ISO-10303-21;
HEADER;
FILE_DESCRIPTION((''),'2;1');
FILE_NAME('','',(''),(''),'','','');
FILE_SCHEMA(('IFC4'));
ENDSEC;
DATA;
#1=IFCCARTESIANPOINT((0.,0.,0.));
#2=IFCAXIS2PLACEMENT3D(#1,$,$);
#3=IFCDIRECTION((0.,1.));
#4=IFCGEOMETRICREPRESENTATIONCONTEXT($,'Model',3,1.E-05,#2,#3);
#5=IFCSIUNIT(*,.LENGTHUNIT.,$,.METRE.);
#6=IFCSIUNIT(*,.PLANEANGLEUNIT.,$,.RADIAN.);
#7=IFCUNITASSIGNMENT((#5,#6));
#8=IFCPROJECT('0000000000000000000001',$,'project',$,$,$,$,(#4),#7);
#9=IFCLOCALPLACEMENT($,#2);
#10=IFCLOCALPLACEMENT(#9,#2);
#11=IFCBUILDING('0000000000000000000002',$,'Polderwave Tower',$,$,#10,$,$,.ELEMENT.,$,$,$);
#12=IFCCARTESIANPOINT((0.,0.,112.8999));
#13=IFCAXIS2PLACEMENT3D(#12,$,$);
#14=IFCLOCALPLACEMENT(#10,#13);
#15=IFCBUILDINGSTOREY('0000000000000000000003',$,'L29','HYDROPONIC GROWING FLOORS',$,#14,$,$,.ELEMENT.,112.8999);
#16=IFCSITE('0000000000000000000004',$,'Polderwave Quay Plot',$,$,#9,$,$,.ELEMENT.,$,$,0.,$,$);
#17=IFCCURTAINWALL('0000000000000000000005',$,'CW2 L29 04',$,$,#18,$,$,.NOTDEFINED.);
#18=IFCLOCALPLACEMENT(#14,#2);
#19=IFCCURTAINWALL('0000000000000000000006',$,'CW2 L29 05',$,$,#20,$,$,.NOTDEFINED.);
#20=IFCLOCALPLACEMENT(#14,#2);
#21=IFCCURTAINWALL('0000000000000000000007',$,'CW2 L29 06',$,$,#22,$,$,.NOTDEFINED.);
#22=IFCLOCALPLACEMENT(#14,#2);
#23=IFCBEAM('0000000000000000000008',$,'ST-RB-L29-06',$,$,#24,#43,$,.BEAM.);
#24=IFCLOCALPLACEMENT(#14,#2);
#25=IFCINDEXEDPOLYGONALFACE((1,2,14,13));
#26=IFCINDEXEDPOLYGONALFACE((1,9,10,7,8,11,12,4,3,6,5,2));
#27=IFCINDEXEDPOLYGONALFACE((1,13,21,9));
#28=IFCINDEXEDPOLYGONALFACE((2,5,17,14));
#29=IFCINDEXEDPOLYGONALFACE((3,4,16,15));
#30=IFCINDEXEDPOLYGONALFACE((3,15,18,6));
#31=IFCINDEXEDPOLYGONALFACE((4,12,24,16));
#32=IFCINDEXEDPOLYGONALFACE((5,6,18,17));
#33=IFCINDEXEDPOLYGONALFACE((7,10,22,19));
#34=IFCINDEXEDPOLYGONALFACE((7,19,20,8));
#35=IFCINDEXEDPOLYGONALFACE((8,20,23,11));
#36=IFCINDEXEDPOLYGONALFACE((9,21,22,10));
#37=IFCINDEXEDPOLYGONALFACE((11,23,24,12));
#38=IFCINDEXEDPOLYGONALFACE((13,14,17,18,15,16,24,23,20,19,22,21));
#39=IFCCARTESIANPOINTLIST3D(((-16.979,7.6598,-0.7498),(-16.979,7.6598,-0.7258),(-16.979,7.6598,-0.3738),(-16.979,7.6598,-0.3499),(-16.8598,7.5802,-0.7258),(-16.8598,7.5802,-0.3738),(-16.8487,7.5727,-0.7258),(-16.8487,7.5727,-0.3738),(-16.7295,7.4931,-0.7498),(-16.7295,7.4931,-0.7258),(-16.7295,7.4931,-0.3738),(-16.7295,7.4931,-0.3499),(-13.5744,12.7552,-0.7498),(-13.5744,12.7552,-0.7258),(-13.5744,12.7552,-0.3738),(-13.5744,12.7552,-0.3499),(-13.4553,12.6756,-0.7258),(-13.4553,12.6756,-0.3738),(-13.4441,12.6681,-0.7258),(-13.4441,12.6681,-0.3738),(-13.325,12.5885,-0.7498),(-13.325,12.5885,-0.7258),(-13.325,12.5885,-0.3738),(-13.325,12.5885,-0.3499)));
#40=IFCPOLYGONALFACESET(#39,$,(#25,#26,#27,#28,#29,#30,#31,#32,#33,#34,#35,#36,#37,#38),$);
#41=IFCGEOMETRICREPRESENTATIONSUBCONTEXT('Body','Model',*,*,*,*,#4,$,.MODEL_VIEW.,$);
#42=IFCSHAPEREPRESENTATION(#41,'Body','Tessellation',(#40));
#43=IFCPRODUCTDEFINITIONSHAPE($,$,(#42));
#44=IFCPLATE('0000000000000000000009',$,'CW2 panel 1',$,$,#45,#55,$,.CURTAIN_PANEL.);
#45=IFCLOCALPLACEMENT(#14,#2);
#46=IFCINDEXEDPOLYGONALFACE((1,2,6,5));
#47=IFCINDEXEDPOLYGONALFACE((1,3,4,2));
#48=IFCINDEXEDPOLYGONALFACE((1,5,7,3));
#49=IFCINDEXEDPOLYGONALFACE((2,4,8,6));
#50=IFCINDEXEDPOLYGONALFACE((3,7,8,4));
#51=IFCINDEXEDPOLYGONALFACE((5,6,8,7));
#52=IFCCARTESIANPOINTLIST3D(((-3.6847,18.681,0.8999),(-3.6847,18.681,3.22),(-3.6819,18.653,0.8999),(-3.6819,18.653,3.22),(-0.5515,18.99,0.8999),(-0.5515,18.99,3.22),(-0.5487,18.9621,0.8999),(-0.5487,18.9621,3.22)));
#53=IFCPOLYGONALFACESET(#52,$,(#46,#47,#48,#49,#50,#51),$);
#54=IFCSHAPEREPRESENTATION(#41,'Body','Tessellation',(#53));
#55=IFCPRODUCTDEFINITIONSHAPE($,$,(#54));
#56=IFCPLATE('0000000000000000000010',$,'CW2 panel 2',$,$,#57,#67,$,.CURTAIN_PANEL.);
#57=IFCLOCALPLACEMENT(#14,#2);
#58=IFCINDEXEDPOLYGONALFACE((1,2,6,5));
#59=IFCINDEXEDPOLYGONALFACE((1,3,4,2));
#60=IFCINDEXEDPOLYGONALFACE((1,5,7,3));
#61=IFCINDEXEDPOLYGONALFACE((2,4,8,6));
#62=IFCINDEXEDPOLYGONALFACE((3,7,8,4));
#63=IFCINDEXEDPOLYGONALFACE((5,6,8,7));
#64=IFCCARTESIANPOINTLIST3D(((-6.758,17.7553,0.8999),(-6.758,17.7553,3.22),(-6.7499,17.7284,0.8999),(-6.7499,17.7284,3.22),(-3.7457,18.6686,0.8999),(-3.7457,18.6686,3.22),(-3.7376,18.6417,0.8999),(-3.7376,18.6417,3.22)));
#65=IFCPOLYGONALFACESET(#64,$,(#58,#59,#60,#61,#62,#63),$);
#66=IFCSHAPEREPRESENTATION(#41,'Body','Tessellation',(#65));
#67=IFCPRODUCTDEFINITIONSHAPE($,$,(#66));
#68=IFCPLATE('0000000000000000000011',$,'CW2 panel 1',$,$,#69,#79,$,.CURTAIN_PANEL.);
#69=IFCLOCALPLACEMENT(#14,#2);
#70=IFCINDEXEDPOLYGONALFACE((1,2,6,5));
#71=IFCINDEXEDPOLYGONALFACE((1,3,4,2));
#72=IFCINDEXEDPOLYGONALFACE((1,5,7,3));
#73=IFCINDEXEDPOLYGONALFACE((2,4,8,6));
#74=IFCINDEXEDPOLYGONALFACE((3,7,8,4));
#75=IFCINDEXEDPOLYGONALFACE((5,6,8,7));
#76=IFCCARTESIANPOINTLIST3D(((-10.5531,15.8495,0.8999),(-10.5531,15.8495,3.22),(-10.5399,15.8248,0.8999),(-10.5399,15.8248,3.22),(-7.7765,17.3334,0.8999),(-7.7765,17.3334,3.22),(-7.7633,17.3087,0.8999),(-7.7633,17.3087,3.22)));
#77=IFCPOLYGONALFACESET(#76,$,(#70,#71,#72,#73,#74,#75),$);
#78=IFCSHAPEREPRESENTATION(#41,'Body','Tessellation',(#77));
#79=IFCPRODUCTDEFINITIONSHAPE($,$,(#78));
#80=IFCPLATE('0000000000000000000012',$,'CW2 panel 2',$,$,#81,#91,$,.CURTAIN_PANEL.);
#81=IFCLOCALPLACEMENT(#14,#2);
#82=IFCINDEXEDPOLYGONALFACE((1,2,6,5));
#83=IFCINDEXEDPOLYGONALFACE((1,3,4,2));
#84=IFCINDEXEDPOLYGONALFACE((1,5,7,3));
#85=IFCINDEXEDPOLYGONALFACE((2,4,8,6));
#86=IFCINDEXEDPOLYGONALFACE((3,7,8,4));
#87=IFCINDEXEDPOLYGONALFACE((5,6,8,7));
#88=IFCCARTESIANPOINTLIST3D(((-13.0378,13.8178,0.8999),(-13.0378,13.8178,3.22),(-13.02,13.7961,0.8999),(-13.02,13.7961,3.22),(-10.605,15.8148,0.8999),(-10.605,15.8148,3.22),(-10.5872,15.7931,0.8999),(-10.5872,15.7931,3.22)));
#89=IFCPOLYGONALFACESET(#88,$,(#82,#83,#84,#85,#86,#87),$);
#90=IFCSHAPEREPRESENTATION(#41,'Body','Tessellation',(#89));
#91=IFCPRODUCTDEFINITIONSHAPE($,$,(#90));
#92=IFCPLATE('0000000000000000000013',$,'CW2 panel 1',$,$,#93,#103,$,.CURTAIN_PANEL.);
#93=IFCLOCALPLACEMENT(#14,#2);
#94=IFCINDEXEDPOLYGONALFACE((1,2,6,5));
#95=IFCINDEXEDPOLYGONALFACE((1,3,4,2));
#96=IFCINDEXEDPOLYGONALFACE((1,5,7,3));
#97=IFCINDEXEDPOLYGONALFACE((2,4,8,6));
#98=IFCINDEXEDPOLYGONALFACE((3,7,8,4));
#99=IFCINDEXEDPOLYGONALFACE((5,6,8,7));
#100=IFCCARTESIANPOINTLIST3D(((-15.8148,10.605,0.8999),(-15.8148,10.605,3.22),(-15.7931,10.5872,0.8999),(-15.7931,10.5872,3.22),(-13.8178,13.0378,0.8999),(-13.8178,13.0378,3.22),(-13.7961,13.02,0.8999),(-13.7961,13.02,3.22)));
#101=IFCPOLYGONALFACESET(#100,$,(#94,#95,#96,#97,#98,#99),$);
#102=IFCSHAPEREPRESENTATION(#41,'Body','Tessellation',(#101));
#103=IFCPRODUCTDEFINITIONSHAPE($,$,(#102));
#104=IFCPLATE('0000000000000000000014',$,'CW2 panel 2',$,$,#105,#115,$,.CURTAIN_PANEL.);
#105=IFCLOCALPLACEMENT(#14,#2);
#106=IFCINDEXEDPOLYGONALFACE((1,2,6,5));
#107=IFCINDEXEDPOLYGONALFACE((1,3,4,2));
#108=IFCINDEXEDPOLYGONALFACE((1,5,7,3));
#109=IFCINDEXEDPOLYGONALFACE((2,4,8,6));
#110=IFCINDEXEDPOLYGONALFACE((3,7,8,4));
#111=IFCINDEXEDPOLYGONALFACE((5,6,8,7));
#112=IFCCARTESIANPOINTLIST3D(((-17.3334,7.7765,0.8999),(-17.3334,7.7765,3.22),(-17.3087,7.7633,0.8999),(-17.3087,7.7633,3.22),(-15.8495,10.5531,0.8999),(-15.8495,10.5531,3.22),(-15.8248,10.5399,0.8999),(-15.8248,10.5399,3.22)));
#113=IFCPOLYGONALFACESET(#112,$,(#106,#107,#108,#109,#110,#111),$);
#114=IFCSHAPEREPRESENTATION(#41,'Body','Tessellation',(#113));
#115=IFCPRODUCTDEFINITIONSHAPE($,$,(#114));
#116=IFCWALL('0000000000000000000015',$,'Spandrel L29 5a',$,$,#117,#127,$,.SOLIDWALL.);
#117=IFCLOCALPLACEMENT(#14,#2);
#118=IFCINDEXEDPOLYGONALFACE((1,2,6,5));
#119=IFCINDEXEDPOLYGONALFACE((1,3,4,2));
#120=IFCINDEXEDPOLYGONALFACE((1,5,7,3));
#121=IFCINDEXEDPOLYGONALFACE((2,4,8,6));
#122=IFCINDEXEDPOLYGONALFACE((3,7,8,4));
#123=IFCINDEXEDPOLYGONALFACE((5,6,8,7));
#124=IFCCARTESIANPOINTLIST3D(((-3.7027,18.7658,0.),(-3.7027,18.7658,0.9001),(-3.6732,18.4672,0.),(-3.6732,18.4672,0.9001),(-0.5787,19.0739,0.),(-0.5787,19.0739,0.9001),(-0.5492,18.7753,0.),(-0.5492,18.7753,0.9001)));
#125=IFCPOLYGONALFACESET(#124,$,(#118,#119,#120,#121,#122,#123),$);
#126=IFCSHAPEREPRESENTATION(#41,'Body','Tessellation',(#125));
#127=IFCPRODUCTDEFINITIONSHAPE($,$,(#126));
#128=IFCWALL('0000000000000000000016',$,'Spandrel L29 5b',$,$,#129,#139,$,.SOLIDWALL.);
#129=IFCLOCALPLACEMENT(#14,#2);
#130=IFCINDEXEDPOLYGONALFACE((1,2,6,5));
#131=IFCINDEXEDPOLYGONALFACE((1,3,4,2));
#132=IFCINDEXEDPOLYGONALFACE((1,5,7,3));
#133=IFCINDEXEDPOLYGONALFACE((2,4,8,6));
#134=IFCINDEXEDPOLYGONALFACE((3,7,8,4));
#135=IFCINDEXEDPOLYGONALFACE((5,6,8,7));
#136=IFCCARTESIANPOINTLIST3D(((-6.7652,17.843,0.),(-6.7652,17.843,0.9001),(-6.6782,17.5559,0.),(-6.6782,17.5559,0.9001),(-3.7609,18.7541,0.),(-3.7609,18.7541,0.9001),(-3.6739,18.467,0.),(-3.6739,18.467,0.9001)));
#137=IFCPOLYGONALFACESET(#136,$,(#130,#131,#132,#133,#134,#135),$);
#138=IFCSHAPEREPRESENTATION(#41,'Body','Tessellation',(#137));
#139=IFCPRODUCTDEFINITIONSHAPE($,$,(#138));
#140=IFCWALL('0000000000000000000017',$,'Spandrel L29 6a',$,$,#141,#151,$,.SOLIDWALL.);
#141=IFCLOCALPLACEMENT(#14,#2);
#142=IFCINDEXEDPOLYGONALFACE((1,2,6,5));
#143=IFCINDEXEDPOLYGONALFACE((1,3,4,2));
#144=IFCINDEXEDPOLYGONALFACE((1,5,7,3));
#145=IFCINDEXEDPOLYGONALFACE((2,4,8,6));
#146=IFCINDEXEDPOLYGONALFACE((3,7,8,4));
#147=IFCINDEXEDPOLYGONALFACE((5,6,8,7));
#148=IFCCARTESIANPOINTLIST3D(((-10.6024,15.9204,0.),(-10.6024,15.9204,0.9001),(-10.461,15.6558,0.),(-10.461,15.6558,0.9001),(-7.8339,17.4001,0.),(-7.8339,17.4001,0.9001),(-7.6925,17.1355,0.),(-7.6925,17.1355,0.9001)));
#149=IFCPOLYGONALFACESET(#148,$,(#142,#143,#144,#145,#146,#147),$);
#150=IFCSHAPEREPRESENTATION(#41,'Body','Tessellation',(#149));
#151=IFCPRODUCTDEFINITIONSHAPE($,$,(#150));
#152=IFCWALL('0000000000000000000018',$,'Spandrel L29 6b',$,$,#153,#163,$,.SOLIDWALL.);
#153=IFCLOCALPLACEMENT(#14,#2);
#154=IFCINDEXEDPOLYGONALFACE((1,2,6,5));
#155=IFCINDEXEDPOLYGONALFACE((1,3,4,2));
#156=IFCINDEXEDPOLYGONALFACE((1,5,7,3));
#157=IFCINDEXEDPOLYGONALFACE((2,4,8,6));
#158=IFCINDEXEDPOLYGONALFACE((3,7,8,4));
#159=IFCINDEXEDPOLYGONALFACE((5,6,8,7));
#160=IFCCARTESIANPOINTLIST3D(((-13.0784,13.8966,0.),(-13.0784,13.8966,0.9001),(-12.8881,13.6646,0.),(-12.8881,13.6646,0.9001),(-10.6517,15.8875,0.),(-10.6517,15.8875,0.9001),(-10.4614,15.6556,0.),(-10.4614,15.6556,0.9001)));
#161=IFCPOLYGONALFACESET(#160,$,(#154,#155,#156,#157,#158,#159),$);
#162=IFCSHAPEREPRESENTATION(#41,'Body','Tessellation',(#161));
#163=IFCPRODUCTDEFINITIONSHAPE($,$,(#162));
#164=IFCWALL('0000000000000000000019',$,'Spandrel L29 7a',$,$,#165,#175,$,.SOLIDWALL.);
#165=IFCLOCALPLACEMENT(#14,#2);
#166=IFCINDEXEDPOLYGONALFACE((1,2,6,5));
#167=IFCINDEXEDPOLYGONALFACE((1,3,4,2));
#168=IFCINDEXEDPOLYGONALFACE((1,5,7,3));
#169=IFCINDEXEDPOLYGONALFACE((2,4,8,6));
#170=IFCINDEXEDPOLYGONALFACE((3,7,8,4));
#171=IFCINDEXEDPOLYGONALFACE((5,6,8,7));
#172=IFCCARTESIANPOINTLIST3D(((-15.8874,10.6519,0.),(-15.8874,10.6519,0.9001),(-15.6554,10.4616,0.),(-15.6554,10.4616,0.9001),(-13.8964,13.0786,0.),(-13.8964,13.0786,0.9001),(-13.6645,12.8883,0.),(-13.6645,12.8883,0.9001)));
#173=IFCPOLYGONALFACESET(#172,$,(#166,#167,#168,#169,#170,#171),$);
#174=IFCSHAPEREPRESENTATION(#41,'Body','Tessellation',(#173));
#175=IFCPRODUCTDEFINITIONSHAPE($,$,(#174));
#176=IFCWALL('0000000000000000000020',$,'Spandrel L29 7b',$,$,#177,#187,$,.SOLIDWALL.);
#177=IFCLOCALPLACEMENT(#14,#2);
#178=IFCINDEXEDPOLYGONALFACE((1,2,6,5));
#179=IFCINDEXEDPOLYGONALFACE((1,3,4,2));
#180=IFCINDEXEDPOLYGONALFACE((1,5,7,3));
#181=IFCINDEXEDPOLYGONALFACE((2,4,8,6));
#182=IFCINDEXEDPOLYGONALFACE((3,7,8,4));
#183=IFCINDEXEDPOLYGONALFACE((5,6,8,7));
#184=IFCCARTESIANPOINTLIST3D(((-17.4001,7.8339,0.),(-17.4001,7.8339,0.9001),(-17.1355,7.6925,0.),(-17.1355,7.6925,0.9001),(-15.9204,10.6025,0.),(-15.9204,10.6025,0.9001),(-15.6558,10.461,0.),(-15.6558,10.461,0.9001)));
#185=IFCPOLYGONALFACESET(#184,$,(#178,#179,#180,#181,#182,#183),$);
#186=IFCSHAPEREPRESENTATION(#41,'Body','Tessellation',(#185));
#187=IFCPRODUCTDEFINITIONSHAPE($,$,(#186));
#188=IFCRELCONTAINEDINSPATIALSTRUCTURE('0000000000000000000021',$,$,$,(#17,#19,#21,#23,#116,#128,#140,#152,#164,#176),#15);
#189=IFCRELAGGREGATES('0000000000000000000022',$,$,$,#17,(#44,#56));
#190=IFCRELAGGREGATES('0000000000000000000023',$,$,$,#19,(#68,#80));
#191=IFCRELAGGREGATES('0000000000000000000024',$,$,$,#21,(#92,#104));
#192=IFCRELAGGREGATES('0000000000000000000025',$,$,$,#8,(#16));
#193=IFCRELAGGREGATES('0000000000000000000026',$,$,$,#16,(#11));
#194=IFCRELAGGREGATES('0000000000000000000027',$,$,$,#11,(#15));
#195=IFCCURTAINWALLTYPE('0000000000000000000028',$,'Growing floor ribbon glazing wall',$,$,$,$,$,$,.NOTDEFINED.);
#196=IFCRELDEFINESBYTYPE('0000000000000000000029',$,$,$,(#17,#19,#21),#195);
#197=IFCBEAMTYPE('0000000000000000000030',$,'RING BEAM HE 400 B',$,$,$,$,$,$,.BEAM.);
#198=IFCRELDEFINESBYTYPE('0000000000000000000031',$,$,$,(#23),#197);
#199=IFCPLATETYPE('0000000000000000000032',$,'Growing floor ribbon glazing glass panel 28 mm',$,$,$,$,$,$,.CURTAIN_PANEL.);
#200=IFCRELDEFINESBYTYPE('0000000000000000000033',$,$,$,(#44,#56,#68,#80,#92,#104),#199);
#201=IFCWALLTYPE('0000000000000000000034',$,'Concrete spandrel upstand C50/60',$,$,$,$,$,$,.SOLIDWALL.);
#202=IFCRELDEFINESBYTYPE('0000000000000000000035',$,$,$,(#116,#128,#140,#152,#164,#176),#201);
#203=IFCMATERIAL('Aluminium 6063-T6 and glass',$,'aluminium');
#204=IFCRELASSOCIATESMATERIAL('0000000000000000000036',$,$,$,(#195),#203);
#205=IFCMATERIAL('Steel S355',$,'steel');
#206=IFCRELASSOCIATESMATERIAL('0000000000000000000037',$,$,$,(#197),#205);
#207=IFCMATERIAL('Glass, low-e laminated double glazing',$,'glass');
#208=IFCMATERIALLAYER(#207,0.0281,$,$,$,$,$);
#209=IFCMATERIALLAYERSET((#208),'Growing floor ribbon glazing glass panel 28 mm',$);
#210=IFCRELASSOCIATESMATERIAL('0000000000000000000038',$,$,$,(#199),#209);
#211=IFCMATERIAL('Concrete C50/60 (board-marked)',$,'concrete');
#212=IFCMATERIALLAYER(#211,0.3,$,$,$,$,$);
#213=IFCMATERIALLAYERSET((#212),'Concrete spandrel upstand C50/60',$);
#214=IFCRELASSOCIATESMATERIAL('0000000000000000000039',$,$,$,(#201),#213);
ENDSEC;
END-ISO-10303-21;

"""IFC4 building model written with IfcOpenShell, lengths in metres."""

from ifc_helpers import new_model, si_unit, direction, frame, frame_2d, origin, origin_2d, place, context, subcontext, project, spatial, rectangle, i_section, extrude, material, layer, layer_set, material_profile, profile_set, type_object, element, aggregate, save


model = new_model("IFC4")

# Units and contexts
model_context = context("Model", 3, precision=1e-05, world=origin(), true_north=direction((0.0, 1.0)))
body_context = subcontext(model_context, "Body", "Model", "MODEL_VIEW")
ifc_project = project(units=[si_unit("LENGTHUNIT", "METRE"), si_unit("PLANEANGLEUNIT", "RADIAN")], contexts=[model_context])

# Site, building, storey
site_placement = place(None, origin())
site = spatial("IfcSite", under=ifc_project, at=site_placement, Name="Polderwave Quay Plot", CompositionType="ELEMENT", RefElevation=0.0)
building_placement = place(site_placement, origin())
building = spatial("IfcBuilding", under=site, at=building_placement, Name="Polderwave Tower", CompositionType="ELEMENT")
storey_placement = place(building_placement, frame((0.0, 0.0, 112.8999)))
storey = spatial("IfcBuildingStorey", under=building, at=storey_placement, Name="L29", Description="HYDROPONIC GROWING FLOORS", CompositionType="ELEMENT", Elevation=112.8999)

# Curtain walls
ifc_material_1 = material(Name="Aluminium 6063-T6 and glass", Category="aluminium")
curtain_wall_type = type_object("IfcCurtainWallType", Name="Growing floor ribbon glazing wall", PredefinedType="NOTDEFINED", material=ifc_material_1)
curtain_wall_1_placement = place(storey_placement, origin())
curtain_wall_1 = element("IfcCurtainWall", 1, at=curtain_wall_1_placement, inside=storey, type_object=curtain_wall_type, Name="CW2 L29 04", PredefinedType="NOTDEFINED")
curtain_wall_2_placement = place(storey_placement, origin())
curtain_wall_2 = element("IfcCurtainWall", 2, at=curtain_wall_2_placement, inside=storey, type_object=curtain_wall_type, Name="CW2 L29 05", PredefinedType="NOTDEFINED")
curtain_wall_3_placement = place(storey_placement, origin())
curtain_wall_3 = element("IfcCurtainWall", 3, at=curtain_wall_3_placement, inside=storey, type_object=curtain_wall_type, Name="CW2 L29 06", PredefinedType="NOTDEFINED")

# Beam
ifc_material_2 = material(Name="Steel S355", Category="steel")
ifc_material_profile_1 = material_profile(ifc_material_2, i_section(OverallWidth=0.3, OverallDepth=0.3999, WebThickness=0.0134, FlangeThickness=0.0239, at=origin_2d()), Name="HE 400 B")
ifc_profile_set_1 = profile_set([ifc_material_profile_1], Name="Steel S355")
beam_type = type_object("IfcBeamType", Name="RING BEAM HE 400 B", PredefinedType="BEAM", material=ifc_profile_set_1)
for number, where, z_axis, x_axis, name in (
    (4, (-13.4497, 12.6719, -0.5498), (-0.555555, -0.83148, 0.0), (0.83148, -0.555555, 0.0), "ST-RB-L29-06"),
):
    element("IfcBeam", number, at=place(storey_placement, frame(where, z_axis=z_axis, x_axis=x_axis)), inside=storey, type_object=beam_type, Name=name, PredefinedType="BEAM", context=body_context, shape_type="SweptSolid", body=[
        extrude(i_section(OverallWidth=0.3, OverallDepth=0.3999, WebThickness=0.0134, FlangeThickness=0.0239, at=origin_2d()), origin(), (0.0, 0.0, 1.0), 6.1282),
    ])

# Plates
ifc_material_3 = material(Name="Glass, low-e laminated double glazing", Category="glass")
ifc_layer_1 = layer(ifc_material_3, 0.0281)
ifc_layer_set_1 = layer_set([ifc_layer_1], Name="Growing floor ribbon glazing glass panel 28 mm")
plate_type = type_object("IfcPlateType", Name="Growing floor ribbon glazing glass panel 28 mm", PredefinedType="CURTAIN_PANEL", material=ifc_layer_set_1)
plate_1_placement = place(storey_placement, frame((-2.1167, 18.8215, 0.8999), z_axis=(0.0, 0.0, 1.0), x_axis=(-0.99517, -0.098165, 0.0)))
plate_1 = element("IfcPlate", 5, at=plate_1_placement, type_object=plate_type, Name="CW2 panel 1", PredefinedType="CURTAIN_PANEL", context=body_context, shape_type="SweptSolid", body=[
    extrude(rectangle(XDim=3.1484, YDim=0.0281, at=origin_2d()), origin(), (0.0, 0.0, 1.0), 2.3201),
])
plate_2_placement = place(storey_placement, frame((-5.2478, 18.1985, 0.8999), z_axis=(0.0, 0.0, 1.0), x_axis=(-0.956982, -0.290148, 0.0)))
plate_2 = element("IfcPlate", 6, at=plate_2_placement, type_object=plate_type, Name="CW2 panel 2", PredefinedType="CURTAIN_PANEL", context=body_context, shape_type="SweptSolid", body=[
    extrude(rectangle(XDim=3.1477, YDim=0.0281, at=origin_2d()), origin(), (0.0, 0.0, 1.0), 2.3201),
])
aggregate(curtain_wall_1, [plate_1, plate_2])
plate_3_placement = place(storey_placement, frame((-9.1582, 16.5791, 0.8999), z_axis=(0.0, 0.0, 1.0), x_axis=(-0.881952, -0.47134, 0.0)))
plate_3 = element("IfcPlate", 7, at=plate_3_placement, type_object=plate_type, Name="CW2 panel 1", PredefinedType="CURTAIN_PANEL", context=body_context, shape_type="SweptSolid", body=[
    extrude(rectangle(XDim=3.1482, YDim=0.0281, at=origin_2d()), origin(), (0.0, 0.0, 1.0), 2.3201),
])
plate_4_placement = place(storey_placement, frame((-11.8125, 14.8054, 0.8999), z_axis=(0.0, 0.0, 1.0), x_axis=(-0.772946, -0.634472, 0.0)))
plate_4 = element("IfcPlate", 8, at=plate_4_placement, type_object=plate_type, Name="CW2 panel 2", PredefinedType="CURTAIN_PANEL", context=body_context, shape_type="SweptSolid", body=[
    extrude(rectangle(XDim=3.1475, YDim=0.0281, at=origin_2d()), origin(), (0.0, 0.0, 1.0), 2.3201),
])
aggregate(curtain_wall_2, [plate_3, plate_4])
plate_5_placement = place(storey_placement, frame((-14.8054, 11.8125, 0.8999), z_axis=(0.0, 0.0, 1.0), x_axis=(-0.634472, -0.772946, 0.0)))
plate_5 = element("IfcPlate", 9, at=plate_5_placement, type_object=plate_type, Name="CW2 panel 1", PredefinedType="CURTAIN_PANEL", context=body_context, shape_type="SweptSolid", body=[
    extrude(rectangle(XDim=3.1475, YDim=0.0281, at=origin_2d()), origin(), (0.0, 0.0, 1.0), 2.3201),
])
plate_6_placement = place(storey_placement, frame((-16.5791, 9.1582, 0.8999), z_axis=(0.0, 0.0, 1.0), x_axis=(-0.47134, -0.881952, 0.0)))
plate_6 = element("IfcPlate", 10, at=plate_6_placement, type_object=plate_type, Name="CW2 panel 2", PredefinedType="CURTAIN_PANEL", context=body_context, shape_type="SweptSolid", body=[
    extrude(rectangle(XDim=3.1482, YDim=0.0281, at=origin_2d()), origin(), (0.0, 0.0, 1.0), 2.3201),
])
aggregate(curtain_wall_3, [plate_5, plate_6])

# Walls
ifc_material_4 = material(Name="Concrete C50/60 (board-marked)", Category="concrete")
ifc_layer_2 = layer(ifc_material_4, 0.3)
ifc_layer_set_2 = layer_set([ifc_layer_2], Name="Concrete spandrel upstand C50/60")
wall_type_1 = type_object("IfcWallType", Name="Concrete spandrel upstand C50/60", PredefinedType="SOLIDWALL", material=ifc_layer_set_2)
wall_1_placement = place(storey_placement, frame((-0.564, 18.9246, 0.0), z_axis=(0.0, 0.0, 1.0), x_axis=(-0.995172, -0.098148, 0.0)))
element("IfcWall", 11, at=wall_1_placement, inside=storey, type_object=wall_type_1, Name="Spandrel L29 5a", PredefinedType="SOLIDWALL", context=body_context, shape_type="SweptSolid", body=[
    extrude(rectangle(XDim=3.1392, YDim=0.3, at=frame_2d((1.5696, 0.0))), origin(), (0.0, 0.0, 1.0), 0.9001),
])
wall_2_placement = place(storey_placement, frame((-3.7173, 18.6106, 0.0), z_axis=(0.0, 0.0, 1.0), x_axis=(-0.956962, -0.290215, 0.0)))
element("IfcWall", 12, at=wall_2_placement, inside=storey, type_object=wall_type_1, Name="Spandrel L29 5b", PredefinedType="SOLIDWALL", context=body_context, shape_type="SweptSolid", body=[
    extrude(rectangle(XDim=3.1394, YDim=0.3, at=frame_2d((1.5698, 0.0))), origin(), (0.0, 0.0, 1.0), 0.9001),
])
wall_3_placement = place(storey_placement, frame((-7.7632, 17.2678, 0.0), z_axis=(0.0, 0.0, 1.0), x_axis=(-0.881933, -0.471375, 0.0)))
element("IfcWall", 13, at=wall_3_placement, inside=storey, type_object=wall_type_1, Name="Spandrel L29 6a", PredefinedType="SOLIDWALL", context=body_context, shape_type="SweptSolid", body=[
    extrude(rectangle(XDim=3.1392, YDim=0.3, at=frame_2d((1.5696, 0.0))), origin(), (0.0, 0.0, 1.0), 0.9001),
])
for number, where, z_axis, x_axis, name in (
    (14, (-10.5566, 15.7715, 0.0), (0.0, 0.0, 1.0), (-0.773108, -0.634275, 0.0), "Spandrel L29 6b"),
    (15, (-13.7805, 12.9834, 0.0), (0.0, 0.0, 1.0), (-0.634275, -0.773108, 0.0), "Spandrel L29 7a"),
):
    element("IfcWall", number, at=place(storey_placement, frame(where, z_axis=z_axis, x_axis=x_axis)), inside=storey, type_object=wall_type_1, Name=name, PredefinedType="SOLIDWALL", context=body_context, shape_type="SweptSolid", body=[
        extrude(rectangle(XDim=3.1389, YDim=0.3, at=frame_2d((1.5693, 0.0))), origin(), (0.0, 0.0, 1.0), 0.9001),
    ])
wall_4_placement = place(storey_placement, frame((-15.7881, 10.5317, 0.0), z_axis=(0.0, 0.0, 1.0), x_axis=(-0.471375, -0.881933, 0.0)))
element("IfcWall", 16, at=wall_4_placement, inside=storey, type_object=wall_type_1, Name="Spandrel L29 7b", PredefinedType="SOLIDWALL", context=body_context, shape_type="SweptSolid", body=[
    extrude(rectangle(XDim=3.1392, YDim=0.3, at=frame_2d((1.5696, 0.0))), origin(), (0.0, 0.0, 1.0), 0.9001),
])

save(model, "model.ifc")
